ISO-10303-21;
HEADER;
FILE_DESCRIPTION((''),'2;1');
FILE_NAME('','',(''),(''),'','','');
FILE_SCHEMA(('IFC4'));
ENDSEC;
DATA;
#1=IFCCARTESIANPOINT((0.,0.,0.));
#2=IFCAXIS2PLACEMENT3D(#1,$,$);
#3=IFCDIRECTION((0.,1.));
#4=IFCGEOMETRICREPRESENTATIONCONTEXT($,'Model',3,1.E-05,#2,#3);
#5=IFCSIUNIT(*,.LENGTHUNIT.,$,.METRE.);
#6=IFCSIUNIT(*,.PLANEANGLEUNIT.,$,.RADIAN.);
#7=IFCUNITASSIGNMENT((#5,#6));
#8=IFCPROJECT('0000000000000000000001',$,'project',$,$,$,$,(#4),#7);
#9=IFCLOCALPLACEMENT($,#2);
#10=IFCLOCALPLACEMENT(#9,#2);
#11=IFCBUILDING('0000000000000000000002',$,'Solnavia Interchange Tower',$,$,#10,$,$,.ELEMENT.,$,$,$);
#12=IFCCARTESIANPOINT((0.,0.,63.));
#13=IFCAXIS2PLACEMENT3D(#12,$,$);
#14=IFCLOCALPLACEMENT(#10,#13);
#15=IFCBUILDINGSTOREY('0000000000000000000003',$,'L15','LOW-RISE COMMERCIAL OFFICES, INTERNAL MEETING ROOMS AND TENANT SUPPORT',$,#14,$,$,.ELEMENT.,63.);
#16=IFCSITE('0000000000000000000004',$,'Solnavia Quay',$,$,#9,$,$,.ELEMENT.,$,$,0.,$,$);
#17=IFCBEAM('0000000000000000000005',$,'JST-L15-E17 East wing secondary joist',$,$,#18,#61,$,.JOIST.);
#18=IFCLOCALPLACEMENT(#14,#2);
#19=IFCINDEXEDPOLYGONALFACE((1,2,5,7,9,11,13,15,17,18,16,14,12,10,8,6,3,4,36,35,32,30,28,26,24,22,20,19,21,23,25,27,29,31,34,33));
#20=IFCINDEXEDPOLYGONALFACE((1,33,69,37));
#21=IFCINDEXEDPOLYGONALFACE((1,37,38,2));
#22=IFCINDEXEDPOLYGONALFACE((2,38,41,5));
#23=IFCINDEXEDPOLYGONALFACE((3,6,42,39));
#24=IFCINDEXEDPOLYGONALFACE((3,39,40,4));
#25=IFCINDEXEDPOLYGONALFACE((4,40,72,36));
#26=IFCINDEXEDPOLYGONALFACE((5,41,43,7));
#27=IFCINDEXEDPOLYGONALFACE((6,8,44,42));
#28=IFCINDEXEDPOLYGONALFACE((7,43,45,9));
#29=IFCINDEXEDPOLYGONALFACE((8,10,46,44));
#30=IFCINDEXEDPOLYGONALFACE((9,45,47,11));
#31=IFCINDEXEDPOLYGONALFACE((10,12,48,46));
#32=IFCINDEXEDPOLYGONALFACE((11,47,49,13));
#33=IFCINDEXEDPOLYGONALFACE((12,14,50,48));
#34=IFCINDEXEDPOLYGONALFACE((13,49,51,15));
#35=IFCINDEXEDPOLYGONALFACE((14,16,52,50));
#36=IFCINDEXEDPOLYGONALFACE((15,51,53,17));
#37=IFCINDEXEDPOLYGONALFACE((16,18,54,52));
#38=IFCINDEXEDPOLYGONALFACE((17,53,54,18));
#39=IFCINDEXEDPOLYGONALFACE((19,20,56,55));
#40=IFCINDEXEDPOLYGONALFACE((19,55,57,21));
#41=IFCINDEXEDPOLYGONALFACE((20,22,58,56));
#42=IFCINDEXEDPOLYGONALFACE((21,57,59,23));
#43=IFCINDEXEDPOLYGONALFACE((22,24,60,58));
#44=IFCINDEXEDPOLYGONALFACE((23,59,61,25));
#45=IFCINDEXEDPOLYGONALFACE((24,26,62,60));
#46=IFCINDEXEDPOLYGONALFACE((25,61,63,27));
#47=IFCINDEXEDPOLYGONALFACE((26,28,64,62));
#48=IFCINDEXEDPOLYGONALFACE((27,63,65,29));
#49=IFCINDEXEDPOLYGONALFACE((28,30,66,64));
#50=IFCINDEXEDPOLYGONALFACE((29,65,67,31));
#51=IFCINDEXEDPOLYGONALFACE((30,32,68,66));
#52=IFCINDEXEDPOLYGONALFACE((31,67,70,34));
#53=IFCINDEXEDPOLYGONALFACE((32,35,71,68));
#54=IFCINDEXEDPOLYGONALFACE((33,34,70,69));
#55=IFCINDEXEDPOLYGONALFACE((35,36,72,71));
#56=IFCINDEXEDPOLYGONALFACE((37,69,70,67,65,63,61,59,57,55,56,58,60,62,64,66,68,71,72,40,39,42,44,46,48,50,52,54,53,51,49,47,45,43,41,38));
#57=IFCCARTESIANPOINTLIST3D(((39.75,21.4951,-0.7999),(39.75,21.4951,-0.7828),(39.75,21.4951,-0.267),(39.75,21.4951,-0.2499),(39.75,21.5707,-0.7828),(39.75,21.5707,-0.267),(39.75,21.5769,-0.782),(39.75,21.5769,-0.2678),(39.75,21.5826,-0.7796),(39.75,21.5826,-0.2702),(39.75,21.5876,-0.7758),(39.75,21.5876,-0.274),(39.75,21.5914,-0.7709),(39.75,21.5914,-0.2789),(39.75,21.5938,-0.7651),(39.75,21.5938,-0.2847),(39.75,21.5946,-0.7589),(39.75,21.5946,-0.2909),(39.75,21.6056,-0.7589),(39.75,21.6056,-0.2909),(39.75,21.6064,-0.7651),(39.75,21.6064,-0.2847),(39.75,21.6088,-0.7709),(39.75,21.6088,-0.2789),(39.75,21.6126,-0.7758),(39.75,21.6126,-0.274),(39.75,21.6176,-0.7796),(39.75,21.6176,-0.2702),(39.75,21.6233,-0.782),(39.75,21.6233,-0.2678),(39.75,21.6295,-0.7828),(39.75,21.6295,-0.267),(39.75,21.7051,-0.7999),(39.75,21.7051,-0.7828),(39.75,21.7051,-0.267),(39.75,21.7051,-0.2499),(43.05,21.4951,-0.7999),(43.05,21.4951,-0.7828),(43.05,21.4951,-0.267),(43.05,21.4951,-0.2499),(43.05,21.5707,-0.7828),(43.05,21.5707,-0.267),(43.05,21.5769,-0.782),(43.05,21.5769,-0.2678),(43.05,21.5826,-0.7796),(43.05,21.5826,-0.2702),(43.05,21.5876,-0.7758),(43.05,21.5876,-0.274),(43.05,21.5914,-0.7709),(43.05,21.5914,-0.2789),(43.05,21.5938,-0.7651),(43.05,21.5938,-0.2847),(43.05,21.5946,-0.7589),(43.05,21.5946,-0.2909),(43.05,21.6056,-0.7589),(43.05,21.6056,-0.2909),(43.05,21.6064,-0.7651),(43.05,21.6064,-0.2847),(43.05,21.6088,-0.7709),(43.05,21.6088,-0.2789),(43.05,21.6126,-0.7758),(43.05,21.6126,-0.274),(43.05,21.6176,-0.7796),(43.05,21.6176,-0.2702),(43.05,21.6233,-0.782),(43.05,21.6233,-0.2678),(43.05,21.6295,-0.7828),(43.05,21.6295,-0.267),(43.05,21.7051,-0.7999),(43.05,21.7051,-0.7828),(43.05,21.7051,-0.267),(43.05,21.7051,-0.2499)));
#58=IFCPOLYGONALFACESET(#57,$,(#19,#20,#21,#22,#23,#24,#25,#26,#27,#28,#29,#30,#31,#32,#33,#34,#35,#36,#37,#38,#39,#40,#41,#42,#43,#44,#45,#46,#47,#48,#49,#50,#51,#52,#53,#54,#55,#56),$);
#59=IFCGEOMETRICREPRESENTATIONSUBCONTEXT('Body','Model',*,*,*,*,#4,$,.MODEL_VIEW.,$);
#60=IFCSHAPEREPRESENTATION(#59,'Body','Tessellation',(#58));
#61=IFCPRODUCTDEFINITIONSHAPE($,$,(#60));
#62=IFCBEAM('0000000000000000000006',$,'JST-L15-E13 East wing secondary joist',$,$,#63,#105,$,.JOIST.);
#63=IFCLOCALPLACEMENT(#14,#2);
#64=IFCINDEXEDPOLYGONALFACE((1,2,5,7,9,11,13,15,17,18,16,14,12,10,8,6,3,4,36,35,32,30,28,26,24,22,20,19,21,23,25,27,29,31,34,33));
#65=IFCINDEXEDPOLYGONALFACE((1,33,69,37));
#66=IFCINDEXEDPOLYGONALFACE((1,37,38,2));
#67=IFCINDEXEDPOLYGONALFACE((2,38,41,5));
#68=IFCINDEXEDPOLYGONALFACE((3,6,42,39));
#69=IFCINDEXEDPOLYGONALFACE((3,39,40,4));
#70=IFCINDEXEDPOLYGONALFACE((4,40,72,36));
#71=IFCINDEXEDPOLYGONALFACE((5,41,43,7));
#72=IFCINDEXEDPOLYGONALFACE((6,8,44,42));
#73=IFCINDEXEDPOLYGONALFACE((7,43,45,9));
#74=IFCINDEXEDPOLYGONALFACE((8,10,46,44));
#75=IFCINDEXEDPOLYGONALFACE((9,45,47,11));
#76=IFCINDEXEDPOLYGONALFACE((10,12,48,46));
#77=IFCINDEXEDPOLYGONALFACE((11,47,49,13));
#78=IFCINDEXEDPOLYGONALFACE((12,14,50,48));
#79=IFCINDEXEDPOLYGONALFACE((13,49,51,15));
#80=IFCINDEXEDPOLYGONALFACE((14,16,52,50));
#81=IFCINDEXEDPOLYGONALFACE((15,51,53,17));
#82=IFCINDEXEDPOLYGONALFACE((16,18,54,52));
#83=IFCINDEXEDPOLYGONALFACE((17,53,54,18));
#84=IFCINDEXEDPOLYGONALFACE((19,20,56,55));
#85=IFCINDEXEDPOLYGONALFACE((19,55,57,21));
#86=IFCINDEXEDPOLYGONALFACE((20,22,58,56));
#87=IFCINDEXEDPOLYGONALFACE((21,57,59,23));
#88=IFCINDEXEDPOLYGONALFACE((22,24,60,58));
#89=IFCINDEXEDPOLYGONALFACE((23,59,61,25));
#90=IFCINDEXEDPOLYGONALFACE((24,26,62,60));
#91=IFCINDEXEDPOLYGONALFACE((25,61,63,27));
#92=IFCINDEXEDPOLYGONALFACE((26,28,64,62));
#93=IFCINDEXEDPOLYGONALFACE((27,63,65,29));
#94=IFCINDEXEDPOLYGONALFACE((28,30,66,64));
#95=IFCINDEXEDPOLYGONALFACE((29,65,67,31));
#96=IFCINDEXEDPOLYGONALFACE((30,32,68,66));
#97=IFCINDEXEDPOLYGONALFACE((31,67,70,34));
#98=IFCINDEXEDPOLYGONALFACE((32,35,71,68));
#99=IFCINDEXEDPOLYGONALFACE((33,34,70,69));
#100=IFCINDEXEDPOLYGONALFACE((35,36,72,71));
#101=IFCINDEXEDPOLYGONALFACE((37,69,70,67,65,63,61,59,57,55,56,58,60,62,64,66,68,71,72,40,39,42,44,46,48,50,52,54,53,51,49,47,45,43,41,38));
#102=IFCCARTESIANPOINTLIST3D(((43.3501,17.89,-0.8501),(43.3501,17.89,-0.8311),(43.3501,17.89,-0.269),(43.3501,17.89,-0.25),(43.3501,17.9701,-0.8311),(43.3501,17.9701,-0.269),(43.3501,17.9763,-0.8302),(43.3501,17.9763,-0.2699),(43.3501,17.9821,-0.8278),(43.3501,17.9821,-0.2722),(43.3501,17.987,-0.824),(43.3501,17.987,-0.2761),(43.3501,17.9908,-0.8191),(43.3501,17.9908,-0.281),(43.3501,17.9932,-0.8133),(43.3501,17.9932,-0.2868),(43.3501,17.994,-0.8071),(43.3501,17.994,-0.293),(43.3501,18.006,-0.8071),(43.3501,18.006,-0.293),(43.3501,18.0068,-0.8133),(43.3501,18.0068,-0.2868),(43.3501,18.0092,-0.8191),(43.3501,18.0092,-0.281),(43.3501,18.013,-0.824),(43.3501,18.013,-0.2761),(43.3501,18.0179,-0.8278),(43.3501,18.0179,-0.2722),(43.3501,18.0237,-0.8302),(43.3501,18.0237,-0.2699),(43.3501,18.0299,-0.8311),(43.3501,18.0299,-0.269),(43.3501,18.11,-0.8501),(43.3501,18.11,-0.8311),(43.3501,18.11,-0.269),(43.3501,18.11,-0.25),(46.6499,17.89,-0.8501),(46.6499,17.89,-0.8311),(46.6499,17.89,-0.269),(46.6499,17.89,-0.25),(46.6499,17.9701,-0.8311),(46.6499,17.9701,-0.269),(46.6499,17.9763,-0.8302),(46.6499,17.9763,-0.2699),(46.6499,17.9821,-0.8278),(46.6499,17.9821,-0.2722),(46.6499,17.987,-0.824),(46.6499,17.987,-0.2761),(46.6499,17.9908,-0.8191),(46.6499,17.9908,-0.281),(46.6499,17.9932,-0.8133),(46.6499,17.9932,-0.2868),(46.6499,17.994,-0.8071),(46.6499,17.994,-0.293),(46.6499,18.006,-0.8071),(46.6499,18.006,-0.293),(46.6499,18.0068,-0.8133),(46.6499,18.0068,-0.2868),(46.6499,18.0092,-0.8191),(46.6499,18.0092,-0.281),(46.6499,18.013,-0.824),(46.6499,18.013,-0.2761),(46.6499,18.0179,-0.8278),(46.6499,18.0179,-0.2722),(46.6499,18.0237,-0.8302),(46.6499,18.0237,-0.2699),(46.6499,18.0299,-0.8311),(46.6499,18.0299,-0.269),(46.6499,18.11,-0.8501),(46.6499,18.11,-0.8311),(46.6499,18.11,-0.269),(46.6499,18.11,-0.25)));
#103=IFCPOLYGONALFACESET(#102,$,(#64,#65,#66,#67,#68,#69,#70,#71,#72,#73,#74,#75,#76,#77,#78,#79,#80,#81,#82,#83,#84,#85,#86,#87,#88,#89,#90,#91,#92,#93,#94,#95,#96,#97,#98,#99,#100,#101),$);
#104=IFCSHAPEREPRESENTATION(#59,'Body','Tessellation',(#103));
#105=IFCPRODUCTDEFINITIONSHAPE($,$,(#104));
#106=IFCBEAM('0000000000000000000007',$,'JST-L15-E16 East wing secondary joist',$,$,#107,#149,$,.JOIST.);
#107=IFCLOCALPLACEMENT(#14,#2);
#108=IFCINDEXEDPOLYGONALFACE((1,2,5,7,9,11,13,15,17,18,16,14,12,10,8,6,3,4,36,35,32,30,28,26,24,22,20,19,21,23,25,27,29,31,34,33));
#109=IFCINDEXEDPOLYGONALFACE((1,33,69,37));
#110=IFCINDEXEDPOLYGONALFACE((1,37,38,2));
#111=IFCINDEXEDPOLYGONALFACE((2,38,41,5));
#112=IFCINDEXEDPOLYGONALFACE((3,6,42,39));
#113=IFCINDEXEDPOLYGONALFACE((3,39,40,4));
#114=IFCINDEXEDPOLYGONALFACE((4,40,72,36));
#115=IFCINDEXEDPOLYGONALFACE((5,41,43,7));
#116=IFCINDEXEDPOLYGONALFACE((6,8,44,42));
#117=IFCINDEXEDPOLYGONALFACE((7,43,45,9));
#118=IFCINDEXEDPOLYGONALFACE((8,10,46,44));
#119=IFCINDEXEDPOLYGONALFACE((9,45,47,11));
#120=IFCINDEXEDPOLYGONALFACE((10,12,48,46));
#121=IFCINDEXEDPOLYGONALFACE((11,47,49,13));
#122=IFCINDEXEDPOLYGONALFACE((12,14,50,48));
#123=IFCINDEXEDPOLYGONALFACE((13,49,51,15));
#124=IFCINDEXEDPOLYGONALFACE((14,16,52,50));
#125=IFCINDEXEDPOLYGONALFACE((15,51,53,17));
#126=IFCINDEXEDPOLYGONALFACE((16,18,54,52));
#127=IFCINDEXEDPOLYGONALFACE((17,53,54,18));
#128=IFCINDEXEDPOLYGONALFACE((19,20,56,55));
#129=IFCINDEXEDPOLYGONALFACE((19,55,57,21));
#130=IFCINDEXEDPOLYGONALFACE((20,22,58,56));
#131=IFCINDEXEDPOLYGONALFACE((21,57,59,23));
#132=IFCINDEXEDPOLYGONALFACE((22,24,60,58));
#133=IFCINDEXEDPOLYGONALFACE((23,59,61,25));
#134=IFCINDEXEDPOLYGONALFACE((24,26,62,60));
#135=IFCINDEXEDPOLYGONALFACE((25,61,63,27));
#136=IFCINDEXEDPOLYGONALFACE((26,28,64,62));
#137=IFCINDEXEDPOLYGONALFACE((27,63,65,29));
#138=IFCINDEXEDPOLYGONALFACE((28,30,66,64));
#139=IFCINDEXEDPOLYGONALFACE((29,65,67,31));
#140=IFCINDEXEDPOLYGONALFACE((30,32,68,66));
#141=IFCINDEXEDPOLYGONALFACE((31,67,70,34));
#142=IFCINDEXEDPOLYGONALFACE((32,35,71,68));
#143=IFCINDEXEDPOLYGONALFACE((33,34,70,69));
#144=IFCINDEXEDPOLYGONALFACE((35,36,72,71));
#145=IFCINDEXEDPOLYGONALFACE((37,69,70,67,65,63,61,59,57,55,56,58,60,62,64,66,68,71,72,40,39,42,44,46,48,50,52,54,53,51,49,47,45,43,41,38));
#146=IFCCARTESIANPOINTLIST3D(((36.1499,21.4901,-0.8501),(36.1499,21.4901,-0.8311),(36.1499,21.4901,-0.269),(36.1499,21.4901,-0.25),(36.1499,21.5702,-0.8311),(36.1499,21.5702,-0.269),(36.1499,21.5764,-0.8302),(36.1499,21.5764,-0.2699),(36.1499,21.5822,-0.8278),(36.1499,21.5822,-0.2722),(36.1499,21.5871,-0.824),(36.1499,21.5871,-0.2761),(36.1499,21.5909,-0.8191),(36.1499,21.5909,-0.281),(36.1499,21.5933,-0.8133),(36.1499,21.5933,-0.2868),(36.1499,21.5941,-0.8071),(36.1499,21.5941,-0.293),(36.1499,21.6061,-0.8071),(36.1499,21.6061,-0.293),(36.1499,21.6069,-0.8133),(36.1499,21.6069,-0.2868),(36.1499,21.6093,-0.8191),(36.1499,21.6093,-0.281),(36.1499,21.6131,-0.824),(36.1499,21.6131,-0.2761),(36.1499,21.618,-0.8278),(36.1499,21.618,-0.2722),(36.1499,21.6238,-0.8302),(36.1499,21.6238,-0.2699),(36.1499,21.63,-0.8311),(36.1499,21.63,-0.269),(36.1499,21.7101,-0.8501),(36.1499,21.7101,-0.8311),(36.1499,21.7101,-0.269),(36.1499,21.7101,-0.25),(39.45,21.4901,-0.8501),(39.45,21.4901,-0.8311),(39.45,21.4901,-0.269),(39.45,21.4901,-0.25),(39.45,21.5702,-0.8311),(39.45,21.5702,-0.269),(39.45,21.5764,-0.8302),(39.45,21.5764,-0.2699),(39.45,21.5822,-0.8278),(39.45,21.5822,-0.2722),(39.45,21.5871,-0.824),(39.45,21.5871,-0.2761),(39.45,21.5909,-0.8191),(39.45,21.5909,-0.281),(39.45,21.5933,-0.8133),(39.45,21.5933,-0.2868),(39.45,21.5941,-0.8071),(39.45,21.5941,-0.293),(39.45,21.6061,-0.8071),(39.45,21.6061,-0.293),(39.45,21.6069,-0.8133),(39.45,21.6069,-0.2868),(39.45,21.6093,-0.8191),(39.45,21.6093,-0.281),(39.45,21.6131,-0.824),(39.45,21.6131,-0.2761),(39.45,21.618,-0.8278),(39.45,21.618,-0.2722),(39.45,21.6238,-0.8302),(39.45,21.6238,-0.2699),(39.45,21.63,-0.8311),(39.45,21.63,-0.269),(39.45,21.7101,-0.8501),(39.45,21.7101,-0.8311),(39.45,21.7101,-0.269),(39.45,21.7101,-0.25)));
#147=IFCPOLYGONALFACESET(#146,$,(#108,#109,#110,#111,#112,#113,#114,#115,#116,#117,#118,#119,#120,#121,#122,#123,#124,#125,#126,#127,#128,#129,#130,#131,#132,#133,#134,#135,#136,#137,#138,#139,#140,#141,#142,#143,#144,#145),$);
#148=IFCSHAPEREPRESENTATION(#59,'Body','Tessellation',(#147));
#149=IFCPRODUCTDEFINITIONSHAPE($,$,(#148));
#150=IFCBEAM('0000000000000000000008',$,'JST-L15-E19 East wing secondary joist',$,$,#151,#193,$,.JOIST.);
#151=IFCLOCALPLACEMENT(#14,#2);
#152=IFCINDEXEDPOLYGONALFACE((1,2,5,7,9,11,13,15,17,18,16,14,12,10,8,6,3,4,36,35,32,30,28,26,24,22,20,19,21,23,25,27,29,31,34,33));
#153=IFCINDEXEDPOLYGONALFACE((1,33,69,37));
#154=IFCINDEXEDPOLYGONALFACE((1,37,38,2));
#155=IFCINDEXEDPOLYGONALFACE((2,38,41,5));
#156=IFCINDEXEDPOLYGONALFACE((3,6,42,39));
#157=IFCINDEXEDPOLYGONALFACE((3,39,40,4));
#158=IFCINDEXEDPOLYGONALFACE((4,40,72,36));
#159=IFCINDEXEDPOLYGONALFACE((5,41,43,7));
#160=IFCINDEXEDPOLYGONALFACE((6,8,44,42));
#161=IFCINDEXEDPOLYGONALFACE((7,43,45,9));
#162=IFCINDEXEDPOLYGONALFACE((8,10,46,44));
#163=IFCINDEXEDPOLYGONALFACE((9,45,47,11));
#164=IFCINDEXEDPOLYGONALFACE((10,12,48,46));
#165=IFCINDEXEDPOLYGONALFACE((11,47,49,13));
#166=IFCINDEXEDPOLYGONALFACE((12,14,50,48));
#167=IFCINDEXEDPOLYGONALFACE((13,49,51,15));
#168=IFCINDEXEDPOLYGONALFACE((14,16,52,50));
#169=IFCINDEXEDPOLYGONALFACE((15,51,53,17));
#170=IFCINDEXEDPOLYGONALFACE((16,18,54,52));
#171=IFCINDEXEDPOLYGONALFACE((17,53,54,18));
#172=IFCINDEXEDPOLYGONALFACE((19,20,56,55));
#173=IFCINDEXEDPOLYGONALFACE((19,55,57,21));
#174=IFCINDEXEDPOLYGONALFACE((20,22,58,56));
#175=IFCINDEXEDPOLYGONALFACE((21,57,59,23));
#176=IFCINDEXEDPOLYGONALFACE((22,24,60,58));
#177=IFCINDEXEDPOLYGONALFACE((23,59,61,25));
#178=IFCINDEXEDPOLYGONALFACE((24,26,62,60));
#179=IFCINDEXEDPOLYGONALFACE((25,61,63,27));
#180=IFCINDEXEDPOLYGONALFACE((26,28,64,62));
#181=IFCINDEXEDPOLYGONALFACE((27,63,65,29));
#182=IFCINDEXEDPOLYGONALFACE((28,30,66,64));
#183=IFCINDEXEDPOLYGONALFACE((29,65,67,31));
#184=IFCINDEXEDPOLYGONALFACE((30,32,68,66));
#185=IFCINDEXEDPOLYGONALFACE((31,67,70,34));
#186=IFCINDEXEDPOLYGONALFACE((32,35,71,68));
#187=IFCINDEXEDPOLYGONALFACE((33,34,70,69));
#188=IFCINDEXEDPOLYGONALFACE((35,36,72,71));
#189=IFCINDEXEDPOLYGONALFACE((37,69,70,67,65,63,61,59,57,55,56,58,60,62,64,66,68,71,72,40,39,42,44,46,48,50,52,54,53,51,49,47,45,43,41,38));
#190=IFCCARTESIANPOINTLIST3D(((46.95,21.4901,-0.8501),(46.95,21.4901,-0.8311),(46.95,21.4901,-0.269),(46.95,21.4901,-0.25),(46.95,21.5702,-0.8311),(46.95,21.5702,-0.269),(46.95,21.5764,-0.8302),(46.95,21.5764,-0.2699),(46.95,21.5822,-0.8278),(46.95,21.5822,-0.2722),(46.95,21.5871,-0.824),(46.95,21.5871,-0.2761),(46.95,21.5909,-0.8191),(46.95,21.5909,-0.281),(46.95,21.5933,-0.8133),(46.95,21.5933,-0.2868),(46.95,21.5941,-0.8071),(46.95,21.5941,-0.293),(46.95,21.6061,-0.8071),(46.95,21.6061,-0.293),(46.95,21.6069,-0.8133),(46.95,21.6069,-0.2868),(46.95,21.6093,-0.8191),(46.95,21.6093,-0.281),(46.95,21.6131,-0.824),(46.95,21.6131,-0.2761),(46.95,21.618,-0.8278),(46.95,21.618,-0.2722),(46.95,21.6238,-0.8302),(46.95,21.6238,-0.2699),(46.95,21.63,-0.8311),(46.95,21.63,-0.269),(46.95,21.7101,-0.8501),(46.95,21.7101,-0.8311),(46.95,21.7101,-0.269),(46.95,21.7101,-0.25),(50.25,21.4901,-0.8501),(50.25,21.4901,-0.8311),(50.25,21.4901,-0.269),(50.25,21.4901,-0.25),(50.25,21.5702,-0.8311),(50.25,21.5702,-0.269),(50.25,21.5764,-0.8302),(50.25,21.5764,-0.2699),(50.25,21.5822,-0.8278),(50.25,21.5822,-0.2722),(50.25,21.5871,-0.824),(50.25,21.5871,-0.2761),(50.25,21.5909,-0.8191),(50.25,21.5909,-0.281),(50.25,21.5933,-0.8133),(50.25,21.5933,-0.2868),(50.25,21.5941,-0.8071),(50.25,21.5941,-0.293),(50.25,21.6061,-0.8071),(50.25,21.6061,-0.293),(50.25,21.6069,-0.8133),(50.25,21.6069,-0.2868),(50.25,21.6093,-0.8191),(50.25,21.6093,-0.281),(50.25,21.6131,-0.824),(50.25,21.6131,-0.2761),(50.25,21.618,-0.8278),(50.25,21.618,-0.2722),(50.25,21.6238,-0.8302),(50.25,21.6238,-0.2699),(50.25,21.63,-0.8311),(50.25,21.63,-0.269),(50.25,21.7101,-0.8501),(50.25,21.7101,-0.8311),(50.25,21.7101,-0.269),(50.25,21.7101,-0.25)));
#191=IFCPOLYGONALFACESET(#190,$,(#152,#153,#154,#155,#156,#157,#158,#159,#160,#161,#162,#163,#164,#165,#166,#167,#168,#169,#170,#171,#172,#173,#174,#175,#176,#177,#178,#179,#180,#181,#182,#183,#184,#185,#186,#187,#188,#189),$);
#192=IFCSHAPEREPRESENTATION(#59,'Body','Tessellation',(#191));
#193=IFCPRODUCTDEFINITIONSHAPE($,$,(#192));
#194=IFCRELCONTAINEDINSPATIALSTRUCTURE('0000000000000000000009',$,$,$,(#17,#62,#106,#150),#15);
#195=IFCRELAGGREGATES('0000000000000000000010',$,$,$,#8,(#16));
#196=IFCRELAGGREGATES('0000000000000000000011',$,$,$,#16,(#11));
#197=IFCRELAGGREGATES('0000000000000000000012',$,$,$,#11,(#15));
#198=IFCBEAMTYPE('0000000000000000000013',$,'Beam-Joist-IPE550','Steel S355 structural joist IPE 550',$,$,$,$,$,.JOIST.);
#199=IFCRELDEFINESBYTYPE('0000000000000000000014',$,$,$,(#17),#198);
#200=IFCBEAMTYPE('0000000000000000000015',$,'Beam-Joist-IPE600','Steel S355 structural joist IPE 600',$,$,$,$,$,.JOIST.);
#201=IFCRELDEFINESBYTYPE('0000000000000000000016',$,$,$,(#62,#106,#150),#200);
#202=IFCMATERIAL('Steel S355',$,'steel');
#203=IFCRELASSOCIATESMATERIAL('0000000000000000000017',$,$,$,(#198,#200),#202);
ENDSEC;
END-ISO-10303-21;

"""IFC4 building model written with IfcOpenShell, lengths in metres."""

from ifc_helpers import new_model, si_unit, direction, frame, origin, origin_2d, place, context, subcontext, project, spatial, i_section, extrude, material, material_profile, profile_set, type_object, element, save


model = new_model("IFC4")

# Units and contexts
model_context = context("Model", 3, precision=1e-05, world=origin(), true_north=direction((0.0, 1.0)))
body_context = subcontext(model_context, "Body", "Model", "MODEL_VIEW")
ifc_project = project(units=[si_unit("LENGTHUNIT", "METRE"), si_unit("PLANEANGLEUNIT", "RADIAN")], contexts=[model_context])

# Site, building, storey
site_placement = place(None, origin())
site = spatial("IfcSite", under=ifc_project, at=site_placement, Name="Solnavia Quay", CompositionType="ELEMENT", RefElevation=0.0)
building_placement = place(site_placement, origin())
building = spatial("IfcBuilding", under=site, at=building_placement, Name="Solnavia Interchange Tower", CompositionType="ELEMENT")
storey_placement = place(building_placement, frame((0.0, 0.0, 63.0)))
storey = spatial("IfcBuildingStorey", under=building, at=storey_placement, Name="L15", Description="LOW-RISE COMMERCIAL OFFICES, INTERNAL MEETING ROOMS AND TENANT SUPPORT", CompositionType="ELEMENT", Elevation=63.0)

# Beams
ifc_material_1 = material(Name="Steel S355", Category="steel")
ifc_material_profile_1 = material_profile(ifc_material_1, i_section(OverallWidth=0.21, OverallDepth=0.55, WebThickness=0.011, FlangeThickness=0.0171, FilletRadius=0.0239, at=origin_2d()), Name="IPE 550")
ifc_profile_set_1 = profile_set([ifc_material_profile_1], Name="Steel S355")
beam_type_1 = type_object("IfcBeamType", Name="Beam-Joist-IPE550", Description="Steel S355 structural joist IPE 550", PredefinedType="JOIST", material=ifc_profile_set_1)
for number, where, z_axis, x_axis, name in (
    (1, (39.75, 21.6001, -0.5249), (1.0, 0.0, 0.0), (0.0, 1.0, 0.0), "JST-L15-E17 East wing secondary joist"),
):
    element("IfcBeam", number, at=place(storey_placement, frame(where, z_axis=z_axis, x_axis=x_axis)), inside=storey, type_object=beam_type_1, Name=name, PredefinedType="JOIST", context=body_context, shape_type="SweptSolid", body=[
        extrude(i_section(OverallWidth=0.21, OverallDepth=0.55, WebThickness=0.011, FlangeThickness=0.0171, FilletRadius=0.0239, at=origin_2d()), origin(), (0.0, 0.0, 1.0), 3.3),
    ])
ifc_material_profile_2 = material_profile(ifc_material_1, i_section(OverallWidth=0.22, OverallDepth=0.6001, WebThickness=0.012, FlangeThickness=0.019, FilletRadius=0.0239, at=origin_2d()), Name="IPE 600")
ifc_profile_set_2 = profile_set([ifc_material_profile_2], Name="Steel S355")
beam_type_2 = type_object("IfcBeamType", Name="Beam-Joist-IPE600", Description="Steel S355 structural joist IPE 600", PredefinedType="JOIST", material=ifc_profile_set_2)
beam_1_placement = place(storey_placement, frame((43.3501, 18.0, -0.55), z_axis=(1.0, 0.0, 0.0), x_axis=(0.0, 1.0, 0.0)))
element("IfcBeam", 2, at=beam_1_placement, inside=storey, type_object=beam_type_2, Name="JST-L15-E13 East wing secondary joist", PredefinedType="JOIST", context=body_context, shape_type="SweptSolid", body=[
    extrude(i_section(OverallWidth=0.22, OverallDepth=0.6001, WebThickness=0.012, FlangeThickness=0.019, FilletRadius=0.0239, at=origin_2d()), origin(), (0.0, 0.0, 1.0), 3.2998),
])
for number, where, z_axis, x_axis, name in (
    (3, (36.1499, 21.6001, -0.55), (1.0, 0.0, 0.0), (0.0, 1.0, 0.0), "JST-L15-E16 East wing secondary joist"),
    (4, (46.95, 21.6001, -0.55), (1.0, 0.0, 0.0), (0.0, 1.0, 0.0), "JST-L15-E19 East wing secondary joist"),
):
    element("IfcBeam", number, at=place(storey_placement, frame(where, z_axis=z_axis, x_axis=x_axis)), inside=storey, type_object=beam_type_2, Name=name, PredefinedType="JOIST", context=body_context, shape_type="SweptSolid", body=[
        extrude(i_section(OverallWidth=0.22, OverallDepth=0.6001, WebThickness=0.012, FlangeThickness=0.019, FilletRadius=0.0239, at=origin_2d()), origin(), (0.0, 0.0, 1.0), 3.3),
    ])

save(model, "model.ifc")
